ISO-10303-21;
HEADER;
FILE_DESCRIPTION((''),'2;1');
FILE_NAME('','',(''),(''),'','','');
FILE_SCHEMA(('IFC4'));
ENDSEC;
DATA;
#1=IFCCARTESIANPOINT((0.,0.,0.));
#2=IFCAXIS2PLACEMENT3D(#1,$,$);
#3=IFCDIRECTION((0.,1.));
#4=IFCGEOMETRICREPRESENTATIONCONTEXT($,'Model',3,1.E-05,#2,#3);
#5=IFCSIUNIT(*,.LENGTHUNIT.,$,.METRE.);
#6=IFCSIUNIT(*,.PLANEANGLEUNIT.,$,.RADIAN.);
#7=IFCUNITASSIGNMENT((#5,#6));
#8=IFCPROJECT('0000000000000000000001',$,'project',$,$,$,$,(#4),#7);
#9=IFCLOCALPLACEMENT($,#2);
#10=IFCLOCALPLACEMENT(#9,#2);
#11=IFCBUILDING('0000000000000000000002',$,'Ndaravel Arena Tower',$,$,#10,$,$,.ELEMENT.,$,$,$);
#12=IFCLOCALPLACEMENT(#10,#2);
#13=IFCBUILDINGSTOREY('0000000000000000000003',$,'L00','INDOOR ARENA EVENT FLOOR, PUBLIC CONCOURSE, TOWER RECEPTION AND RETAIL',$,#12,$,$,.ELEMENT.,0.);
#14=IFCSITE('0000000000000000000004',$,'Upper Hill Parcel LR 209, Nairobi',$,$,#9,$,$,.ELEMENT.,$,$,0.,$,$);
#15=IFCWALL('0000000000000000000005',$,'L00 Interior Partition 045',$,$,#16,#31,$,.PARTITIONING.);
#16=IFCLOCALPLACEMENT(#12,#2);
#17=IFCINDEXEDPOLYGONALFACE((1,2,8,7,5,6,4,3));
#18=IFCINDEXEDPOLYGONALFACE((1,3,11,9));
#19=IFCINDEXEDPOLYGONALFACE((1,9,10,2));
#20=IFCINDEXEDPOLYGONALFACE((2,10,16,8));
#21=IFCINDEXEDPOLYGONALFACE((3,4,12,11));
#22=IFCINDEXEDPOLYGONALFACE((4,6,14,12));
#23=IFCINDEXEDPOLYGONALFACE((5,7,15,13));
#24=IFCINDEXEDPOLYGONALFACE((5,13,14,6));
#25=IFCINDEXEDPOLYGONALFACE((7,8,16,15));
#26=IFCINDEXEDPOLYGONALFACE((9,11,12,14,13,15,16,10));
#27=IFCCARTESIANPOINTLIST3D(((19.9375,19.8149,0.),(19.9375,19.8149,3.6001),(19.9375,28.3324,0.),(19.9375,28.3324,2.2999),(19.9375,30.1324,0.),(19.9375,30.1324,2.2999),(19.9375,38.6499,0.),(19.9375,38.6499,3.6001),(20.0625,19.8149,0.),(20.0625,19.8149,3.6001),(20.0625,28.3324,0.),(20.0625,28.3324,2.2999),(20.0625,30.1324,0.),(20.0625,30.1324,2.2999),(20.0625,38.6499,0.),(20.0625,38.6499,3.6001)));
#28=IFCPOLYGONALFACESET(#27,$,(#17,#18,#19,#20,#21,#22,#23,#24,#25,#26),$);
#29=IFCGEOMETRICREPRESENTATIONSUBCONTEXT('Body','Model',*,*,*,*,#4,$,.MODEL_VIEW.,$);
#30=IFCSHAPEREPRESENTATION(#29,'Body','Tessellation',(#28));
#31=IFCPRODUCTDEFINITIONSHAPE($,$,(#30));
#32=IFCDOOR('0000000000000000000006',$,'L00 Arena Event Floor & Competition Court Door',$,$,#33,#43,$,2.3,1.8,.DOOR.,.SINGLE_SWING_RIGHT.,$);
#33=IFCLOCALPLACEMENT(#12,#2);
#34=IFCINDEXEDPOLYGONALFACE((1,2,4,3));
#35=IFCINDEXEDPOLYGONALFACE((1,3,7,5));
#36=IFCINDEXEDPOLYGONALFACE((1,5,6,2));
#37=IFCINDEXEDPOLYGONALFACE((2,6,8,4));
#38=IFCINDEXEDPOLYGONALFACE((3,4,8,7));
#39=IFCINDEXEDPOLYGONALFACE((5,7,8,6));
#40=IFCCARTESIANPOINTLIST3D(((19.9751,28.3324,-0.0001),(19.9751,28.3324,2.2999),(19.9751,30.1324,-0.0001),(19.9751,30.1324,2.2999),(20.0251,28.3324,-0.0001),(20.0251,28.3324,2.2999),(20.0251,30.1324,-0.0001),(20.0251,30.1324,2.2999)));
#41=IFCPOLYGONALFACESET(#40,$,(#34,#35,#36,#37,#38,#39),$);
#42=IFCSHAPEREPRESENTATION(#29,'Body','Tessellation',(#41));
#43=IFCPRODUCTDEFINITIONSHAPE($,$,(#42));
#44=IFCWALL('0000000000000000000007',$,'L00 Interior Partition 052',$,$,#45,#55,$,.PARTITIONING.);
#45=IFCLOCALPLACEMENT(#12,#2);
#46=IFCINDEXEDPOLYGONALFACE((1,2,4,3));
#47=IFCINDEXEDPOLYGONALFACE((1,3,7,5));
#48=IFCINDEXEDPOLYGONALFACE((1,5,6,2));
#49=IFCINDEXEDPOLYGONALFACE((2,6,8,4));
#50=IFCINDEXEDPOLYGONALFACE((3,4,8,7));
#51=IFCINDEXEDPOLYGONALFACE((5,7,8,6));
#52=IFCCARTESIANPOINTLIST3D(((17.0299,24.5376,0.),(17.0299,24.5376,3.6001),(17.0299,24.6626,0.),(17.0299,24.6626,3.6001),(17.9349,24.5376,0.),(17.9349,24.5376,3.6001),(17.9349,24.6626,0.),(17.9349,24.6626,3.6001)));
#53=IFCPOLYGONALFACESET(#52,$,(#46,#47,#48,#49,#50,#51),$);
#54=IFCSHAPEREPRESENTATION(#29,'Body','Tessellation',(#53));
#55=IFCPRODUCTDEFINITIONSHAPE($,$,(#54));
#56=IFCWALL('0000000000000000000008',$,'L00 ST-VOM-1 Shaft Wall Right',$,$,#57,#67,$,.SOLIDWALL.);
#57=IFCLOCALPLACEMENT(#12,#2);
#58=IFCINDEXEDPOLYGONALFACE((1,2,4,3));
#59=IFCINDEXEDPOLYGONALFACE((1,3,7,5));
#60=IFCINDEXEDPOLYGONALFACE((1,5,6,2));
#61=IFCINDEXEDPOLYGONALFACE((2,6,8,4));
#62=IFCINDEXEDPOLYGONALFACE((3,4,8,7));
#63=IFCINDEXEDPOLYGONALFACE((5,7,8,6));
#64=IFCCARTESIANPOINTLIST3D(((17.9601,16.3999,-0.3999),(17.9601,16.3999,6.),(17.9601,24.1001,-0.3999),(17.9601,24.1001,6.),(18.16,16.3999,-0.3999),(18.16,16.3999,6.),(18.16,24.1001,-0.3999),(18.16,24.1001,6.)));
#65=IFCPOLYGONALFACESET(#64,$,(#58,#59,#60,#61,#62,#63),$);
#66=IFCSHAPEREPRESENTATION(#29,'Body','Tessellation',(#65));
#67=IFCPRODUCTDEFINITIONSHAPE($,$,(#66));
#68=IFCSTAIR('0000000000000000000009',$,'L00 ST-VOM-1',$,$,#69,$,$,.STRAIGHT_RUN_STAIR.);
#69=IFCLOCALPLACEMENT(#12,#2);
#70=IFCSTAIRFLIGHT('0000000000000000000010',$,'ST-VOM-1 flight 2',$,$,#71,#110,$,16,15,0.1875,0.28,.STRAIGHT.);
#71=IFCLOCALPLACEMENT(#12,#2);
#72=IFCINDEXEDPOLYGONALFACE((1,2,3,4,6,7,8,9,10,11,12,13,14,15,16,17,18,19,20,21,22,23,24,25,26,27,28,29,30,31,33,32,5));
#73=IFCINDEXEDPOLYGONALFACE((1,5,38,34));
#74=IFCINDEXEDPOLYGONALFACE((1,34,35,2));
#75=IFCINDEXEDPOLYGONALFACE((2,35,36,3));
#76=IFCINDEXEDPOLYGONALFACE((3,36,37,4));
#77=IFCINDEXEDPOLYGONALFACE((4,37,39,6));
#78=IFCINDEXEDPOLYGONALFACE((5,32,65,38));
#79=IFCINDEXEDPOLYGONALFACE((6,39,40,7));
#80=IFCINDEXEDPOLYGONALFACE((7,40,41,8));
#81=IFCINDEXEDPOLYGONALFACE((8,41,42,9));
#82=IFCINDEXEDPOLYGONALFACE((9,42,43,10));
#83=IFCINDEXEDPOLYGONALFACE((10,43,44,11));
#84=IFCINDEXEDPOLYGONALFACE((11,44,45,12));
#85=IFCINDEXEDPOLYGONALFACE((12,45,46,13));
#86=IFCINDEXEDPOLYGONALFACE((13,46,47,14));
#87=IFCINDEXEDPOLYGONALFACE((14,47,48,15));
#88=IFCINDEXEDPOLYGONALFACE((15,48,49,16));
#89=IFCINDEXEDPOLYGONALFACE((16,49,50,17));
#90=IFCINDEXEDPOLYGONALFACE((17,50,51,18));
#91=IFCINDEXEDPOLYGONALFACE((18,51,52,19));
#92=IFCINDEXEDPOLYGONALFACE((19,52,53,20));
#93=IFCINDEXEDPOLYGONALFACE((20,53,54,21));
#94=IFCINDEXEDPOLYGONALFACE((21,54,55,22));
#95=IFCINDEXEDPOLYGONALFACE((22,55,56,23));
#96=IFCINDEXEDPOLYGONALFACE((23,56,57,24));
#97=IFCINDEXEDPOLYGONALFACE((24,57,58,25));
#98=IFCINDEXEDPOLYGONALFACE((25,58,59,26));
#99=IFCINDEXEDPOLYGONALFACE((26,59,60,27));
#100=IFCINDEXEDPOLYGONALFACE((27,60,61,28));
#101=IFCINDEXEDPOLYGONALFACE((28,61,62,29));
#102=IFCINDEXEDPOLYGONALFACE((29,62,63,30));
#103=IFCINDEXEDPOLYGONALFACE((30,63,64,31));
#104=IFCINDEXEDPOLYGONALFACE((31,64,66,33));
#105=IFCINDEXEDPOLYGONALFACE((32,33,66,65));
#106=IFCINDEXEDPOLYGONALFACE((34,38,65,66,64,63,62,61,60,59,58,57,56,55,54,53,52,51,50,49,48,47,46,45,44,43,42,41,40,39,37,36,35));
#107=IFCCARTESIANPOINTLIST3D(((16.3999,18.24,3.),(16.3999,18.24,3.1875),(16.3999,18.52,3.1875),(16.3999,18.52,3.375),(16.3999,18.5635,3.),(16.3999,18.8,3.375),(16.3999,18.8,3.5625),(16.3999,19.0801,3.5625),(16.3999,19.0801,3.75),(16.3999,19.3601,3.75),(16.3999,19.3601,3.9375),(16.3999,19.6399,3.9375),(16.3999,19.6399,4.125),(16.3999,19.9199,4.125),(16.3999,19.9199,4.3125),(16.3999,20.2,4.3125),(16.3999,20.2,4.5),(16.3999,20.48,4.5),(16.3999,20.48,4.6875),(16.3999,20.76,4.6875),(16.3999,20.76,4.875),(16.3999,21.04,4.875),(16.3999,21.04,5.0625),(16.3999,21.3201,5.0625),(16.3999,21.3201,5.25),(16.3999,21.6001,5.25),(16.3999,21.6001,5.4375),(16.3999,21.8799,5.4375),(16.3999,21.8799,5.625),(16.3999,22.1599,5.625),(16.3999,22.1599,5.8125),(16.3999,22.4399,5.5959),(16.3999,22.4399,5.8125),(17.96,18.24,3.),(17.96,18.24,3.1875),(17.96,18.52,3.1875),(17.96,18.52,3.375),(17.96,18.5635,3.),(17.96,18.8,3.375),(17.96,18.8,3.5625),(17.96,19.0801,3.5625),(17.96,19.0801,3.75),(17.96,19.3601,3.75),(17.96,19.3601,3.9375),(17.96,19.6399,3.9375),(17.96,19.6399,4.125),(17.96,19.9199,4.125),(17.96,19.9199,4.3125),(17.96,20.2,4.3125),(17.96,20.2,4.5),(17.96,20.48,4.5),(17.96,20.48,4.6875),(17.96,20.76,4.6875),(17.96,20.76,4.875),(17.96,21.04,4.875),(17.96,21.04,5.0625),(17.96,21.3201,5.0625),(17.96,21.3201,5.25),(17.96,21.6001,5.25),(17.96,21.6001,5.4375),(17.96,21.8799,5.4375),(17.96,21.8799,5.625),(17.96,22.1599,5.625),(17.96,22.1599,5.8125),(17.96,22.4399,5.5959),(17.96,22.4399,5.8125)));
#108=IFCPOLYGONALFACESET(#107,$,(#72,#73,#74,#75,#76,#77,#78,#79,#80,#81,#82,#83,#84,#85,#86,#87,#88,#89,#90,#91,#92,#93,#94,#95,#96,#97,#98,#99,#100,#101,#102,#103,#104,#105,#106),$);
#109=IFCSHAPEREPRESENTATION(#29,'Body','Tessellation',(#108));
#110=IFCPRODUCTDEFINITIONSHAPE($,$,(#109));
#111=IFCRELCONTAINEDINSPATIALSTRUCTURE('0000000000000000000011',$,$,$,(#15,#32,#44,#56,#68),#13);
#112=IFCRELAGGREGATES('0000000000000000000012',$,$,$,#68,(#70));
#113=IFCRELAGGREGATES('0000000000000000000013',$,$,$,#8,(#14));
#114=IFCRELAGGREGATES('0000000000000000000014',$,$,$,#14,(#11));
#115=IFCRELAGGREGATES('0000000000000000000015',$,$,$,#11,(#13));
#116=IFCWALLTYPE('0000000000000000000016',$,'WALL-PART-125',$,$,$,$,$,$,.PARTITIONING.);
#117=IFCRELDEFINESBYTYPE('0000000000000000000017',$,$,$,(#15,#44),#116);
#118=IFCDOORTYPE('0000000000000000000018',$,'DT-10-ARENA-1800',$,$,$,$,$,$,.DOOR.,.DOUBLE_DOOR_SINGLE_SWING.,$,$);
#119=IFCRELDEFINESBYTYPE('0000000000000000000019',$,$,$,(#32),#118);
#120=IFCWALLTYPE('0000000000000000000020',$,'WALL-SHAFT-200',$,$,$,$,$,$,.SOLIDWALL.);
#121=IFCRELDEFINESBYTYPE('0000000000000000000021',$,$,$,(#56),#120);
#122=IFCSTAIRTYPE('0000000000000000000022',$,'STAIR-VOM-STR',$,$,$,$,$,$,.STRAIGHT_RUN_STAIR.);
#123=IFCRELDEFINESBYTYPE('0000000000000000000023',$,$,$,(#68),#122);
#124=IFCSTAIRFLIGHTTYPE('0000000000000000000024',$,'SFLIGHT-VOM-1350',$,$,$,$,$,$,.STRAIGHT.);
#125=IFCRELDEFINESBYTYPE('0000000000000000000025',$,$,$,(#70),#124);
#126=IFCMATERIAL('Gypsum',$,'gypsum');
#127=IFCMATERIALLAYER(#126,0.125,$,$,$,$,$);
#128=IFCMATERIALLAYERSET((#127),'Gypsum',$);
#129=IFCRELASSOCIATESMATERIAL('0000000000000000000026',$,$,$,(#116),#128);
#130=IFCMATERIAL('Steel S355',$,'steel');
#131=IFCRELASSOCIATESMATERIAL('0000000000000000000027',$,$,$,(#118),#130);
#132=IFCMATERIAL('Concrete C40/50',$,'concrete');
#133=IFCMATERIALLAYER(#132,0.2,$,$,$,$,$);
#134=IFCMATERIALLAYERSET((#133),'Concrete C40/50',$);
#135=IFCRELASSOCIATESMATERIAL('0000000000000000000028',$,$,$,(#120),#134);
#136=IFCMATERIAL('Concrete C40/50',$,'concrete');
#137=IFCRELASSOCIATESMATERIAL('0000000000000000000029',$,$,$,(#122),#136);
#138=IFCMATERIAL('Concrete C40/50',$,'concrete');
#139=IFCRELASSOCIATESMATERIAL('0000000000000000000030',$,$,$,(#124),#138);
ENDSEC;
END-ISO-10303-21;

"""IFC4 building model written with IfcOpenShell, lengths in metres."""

from ifc_helpers import new_model, si_unit, direction, frame, frame_2d, origin, place, context, subcontext, project, spatial, polyline, rectangle, outline, extrude, material, layer, layer_set, type_object, element, fill, aggregate, save


model = new_model("IFC4")

# Units and contexts
model_context = context("Model", 3, precision=1e-05, world=origin(), true_north=direction((0.0, 1.0)))
body_context = subcontext(model_context, "Body", "Model", "MODEL_VIEW")
ifc_project = project(units=[si_unit("LENGTHUNIT", "METRE"), si_unit("PLANEANGLEUNIT", "RADIAN")], contexts=[model_context])

# Site, building, storey
site_placement = place(None, origin())
site = spatial("IfcSite", under=ifc_project, at=site_placement, Name="Upper Hill Parcel LR 209, Nairobi", CompositionType="ELEMENT", RefElevation=0.0)
building_placement = place(site_placement, origin())
building = spatial("IfcBuilding", under=site, at=building_placement, Name="Ndaravel Arena Tower", CompositionType="ELEMENT")
storey_placement = place(building_placement, origin())
storey = spatial("IfcBuildingStorey", under=building, at=storey_placement, Name="L00", Description="INDOOR ARENA EVENT FLOOR, PUBLIC CONCOURSE, TOWER RECEPTION AND RETAIL", CompositionType="ELEMENT", Elevation=0.0)

# Wall, opening, door
ifc_material_1 = material(Name="Gypsum", Category="gypsum")
ifc_layer_1 = layer(ifc_material_1, 0.125)
ifc_layer_set_1 = layer_set([ifc_layer_1], Name="Gypsum")
wall_type_1 = type_object("IfcWallType", Name="WALL-PART-125", PredefinedType="PARTITIONING", material=ifc_layer_set_1)
ifc_material_2 = material(Name="Steel S355", Category="steel")
door_type = type_object("IfcDoorType", Name="DT-10-ARENA-1800", OperationType="DOUBLE_DOOR_SINGLE_SWING", PredefinedType="DOOR", material=ifc_material_2)
wall_1_placement = place(storey_placement, frame((20.0, 19.8149, 0.0), z_axis=(0.0, 0.0, 1.0), x_axis=(0.0, 1.0, 0.0)))
wall_1 = element("IfcWall", 1, at=wall_1_placement, inside=storey, type_object=wall_type_1, Name="L00 Interior Partition 045", PredefinedType="PARTITIONING", context=body_context, shape_type="SweptSolid", body=[
    extrude(rectangle(XDim=18.835, YDim=0.125, at=frame_2d((9.4175, 0.0))), origin(), (0.0, 0.0, 1.0), 3.6001),
])
opening_1_placement = place(wall_1_placement, frame((8.5176, 0.0, 0.0)))
opening_1 = element("IfcOpeningElement", 2, at=opening_1_placement, cuts=wall_1, PredefinedType="OPENING", context=body_context, shape_type="SweptSolid", body=[
    extrude(rectangle(XDim=1.8, YDim=2.3, at=frame_2d((0.8999, 1.1499))), frame((0.0, 0.0625, 0.0), z_axis=(0.0, -1.0, 0.0), x_axis=(1.0, 0.0, 0.0)), (0.0, 0.0, 1.0), 0.125),
])
door_1_placement = place(opening_1_placement, origin())
door_1 = element("IfcDoor", 3, at=door_1_placement, inside=storey, type_object=door_type, Name="L00 Arena Event Floor & Competition Court Door", OperationType="SINGLE_SWING_RIGHT", OverallHeight=2.3, OverallWidth=1.8, PredefinedType="DOOR", context=body_context, shape_type="SweptSolid", body=[
    extrude(rectangle(XDim=1.8, YDim=2.3, at=frame_2d((0.8999, 1.1499))), frame((0.0, 0.0249, 0.0), z_axis=(0.0, -1.0, 0.0), x_axis=(1.0, 0.0, 0.0)), (0.0, 0.0, 1.0), 0.05),
])
fill(opening_1, door_1)

# Walls
wall_2_placement = place(storey_placement, frame((17.9351, 24.6001, 0.0), z_axis=(0.0, 0.0, 1.0), x_axis=(-1.0, 0.0, 0.0)))
element("IfcWall", 4, at=wall_2_placement, inside=storey, type_object=wall_type_1, Name="L00 Interior Partition 052", PredefinedType="PARTITIONING", context=body_context, shape_type="SweptSolid", body=[
    extrude(rectangle(XDim=0.905, YDim=0.125, at=frame_2d((0.4526, 0.0))), origin(), (0.0, 0.0, 1.0), 3.6001),
])
ifc_material_3 = material(Name="Concrete C40/50", Category="concrete")
ifc_layer_2 = layer(ifc_material_3, 0.2)
ifc_layer_set_2 = layer_set([ifc_layer_2], Name="Concrete C40/50")
wall_type_2 = type_object("IfcWallType", Name="WALL-SHAFT-200", PredefinedType="SOLIDWALL", material=ifc_layer_set_2)
wall_3_placement = place(storey_placement, frame((18.0601, 24.1001, -0.3999), z_axis=(0.0, 0.0, 1.0), x_axis=(0.0, -1.0, 0.0)))
element("IfcWall", 5, at=wall_3_placement, inside=storey, type_object=wall_type_2, Name="L00 ST-VOM-1 Shaft Wall Right", PredefinedType="SOLIDWALL", context=body_context, shape_type="SweptSolid", body=[
    extrude(rectangle(XDim=7.7002, YDim=0.2, at=frame_2d((3.8501, 0.0))), origin(), (0.0, 0.0, 1.0), 6.3999),
])

# Stair, stair flight
ifc_material_4 = material(Name="Concrete C40/50", Category="concrete")
stair_type = type_object("IfcStairType", Name="STAIR-VOM-STR", PredefinedType="STRAIGHT_RUN_STAIR", material=ifc_material_4)
stair_placement = place(storey_placement, origin())
stair = element("IfcStair", 6, at=stair_placement, inside=storey, type_object=stair_type, Name="L00 ST-VOM-1", PredefinedType="STRAIGHT_RUN_STAIR")
ifc_material_5 = material(Name="Concrete C40/50", Category="concrete")
stair_flight_type = type_object("IfcStairFlightType", Name="SFLIGHT-VOM-1350", PredefinedType="STRAIGHT", material=ifc_material_5)
stair_flight_placement = place(storey_placement, frame((17.1799, 18.24, 3.0), z_axis=(0.0, 0.0, 1.0), x_axis=(0.0, 1.0, 0.0)))
stair_flight = element("IfcStairFlight", 7, at=stair_flight_placement, type_object=stair_flight_type, Name="ST-VOM-1 flight 2", NumberOfRisers=16, NumberOfTreads=15, PredefinedType="STRAIGHT", RiserHeight=0.1875, TreadLength=0.28, context=body_context, shape_type="SweptSolid", body=[
    extrude(outline(polyline([(0.0, 0.0), (0.0, 0.1875), (0.28, 0.1875), (0.28, 0.375), (0.5601, 0.375), (0.5601, 0.5625), (0.8401, 0.5625), (0.8401, 0.75), (1.1201, 0.75), (1.1201, 0.9375), (1.3999, 0.9375), (1.3999, 1.125), (1.6799, 1.125), (1.6799, 1.3125), (1.96, 1.3125), (1.96, 1.5), (2.24, 1.5), (2.24, 1.6875), (2.52, 1.6875), (2.52, 1.875), (2.8, 1.875), (2.8, 2.0625), (3.0801, 2.0625), (3.0801, 2.25), (3.3601, 2.25), (3.3601, 2.4375), (3.6399, 2.4375), (3.6399, 2.625), (3.9199, 2.625), (3.9199, 2.8125), (4.2, 2.8125), (4.2, 3.0), (4.2, 2.5959), (0.3235, 0.0), (0.0, 0.0)])), frame((0.0, 0.78, 0.0), z_axis=(0.0, -1.0, 0.0), x_axis=(1.0, 0.0, 0.0)), (0.0, 0.0, 1.0), 1.5601),
])
aggregate(stair, [stair_flight])

save(model, "model.ifc")
